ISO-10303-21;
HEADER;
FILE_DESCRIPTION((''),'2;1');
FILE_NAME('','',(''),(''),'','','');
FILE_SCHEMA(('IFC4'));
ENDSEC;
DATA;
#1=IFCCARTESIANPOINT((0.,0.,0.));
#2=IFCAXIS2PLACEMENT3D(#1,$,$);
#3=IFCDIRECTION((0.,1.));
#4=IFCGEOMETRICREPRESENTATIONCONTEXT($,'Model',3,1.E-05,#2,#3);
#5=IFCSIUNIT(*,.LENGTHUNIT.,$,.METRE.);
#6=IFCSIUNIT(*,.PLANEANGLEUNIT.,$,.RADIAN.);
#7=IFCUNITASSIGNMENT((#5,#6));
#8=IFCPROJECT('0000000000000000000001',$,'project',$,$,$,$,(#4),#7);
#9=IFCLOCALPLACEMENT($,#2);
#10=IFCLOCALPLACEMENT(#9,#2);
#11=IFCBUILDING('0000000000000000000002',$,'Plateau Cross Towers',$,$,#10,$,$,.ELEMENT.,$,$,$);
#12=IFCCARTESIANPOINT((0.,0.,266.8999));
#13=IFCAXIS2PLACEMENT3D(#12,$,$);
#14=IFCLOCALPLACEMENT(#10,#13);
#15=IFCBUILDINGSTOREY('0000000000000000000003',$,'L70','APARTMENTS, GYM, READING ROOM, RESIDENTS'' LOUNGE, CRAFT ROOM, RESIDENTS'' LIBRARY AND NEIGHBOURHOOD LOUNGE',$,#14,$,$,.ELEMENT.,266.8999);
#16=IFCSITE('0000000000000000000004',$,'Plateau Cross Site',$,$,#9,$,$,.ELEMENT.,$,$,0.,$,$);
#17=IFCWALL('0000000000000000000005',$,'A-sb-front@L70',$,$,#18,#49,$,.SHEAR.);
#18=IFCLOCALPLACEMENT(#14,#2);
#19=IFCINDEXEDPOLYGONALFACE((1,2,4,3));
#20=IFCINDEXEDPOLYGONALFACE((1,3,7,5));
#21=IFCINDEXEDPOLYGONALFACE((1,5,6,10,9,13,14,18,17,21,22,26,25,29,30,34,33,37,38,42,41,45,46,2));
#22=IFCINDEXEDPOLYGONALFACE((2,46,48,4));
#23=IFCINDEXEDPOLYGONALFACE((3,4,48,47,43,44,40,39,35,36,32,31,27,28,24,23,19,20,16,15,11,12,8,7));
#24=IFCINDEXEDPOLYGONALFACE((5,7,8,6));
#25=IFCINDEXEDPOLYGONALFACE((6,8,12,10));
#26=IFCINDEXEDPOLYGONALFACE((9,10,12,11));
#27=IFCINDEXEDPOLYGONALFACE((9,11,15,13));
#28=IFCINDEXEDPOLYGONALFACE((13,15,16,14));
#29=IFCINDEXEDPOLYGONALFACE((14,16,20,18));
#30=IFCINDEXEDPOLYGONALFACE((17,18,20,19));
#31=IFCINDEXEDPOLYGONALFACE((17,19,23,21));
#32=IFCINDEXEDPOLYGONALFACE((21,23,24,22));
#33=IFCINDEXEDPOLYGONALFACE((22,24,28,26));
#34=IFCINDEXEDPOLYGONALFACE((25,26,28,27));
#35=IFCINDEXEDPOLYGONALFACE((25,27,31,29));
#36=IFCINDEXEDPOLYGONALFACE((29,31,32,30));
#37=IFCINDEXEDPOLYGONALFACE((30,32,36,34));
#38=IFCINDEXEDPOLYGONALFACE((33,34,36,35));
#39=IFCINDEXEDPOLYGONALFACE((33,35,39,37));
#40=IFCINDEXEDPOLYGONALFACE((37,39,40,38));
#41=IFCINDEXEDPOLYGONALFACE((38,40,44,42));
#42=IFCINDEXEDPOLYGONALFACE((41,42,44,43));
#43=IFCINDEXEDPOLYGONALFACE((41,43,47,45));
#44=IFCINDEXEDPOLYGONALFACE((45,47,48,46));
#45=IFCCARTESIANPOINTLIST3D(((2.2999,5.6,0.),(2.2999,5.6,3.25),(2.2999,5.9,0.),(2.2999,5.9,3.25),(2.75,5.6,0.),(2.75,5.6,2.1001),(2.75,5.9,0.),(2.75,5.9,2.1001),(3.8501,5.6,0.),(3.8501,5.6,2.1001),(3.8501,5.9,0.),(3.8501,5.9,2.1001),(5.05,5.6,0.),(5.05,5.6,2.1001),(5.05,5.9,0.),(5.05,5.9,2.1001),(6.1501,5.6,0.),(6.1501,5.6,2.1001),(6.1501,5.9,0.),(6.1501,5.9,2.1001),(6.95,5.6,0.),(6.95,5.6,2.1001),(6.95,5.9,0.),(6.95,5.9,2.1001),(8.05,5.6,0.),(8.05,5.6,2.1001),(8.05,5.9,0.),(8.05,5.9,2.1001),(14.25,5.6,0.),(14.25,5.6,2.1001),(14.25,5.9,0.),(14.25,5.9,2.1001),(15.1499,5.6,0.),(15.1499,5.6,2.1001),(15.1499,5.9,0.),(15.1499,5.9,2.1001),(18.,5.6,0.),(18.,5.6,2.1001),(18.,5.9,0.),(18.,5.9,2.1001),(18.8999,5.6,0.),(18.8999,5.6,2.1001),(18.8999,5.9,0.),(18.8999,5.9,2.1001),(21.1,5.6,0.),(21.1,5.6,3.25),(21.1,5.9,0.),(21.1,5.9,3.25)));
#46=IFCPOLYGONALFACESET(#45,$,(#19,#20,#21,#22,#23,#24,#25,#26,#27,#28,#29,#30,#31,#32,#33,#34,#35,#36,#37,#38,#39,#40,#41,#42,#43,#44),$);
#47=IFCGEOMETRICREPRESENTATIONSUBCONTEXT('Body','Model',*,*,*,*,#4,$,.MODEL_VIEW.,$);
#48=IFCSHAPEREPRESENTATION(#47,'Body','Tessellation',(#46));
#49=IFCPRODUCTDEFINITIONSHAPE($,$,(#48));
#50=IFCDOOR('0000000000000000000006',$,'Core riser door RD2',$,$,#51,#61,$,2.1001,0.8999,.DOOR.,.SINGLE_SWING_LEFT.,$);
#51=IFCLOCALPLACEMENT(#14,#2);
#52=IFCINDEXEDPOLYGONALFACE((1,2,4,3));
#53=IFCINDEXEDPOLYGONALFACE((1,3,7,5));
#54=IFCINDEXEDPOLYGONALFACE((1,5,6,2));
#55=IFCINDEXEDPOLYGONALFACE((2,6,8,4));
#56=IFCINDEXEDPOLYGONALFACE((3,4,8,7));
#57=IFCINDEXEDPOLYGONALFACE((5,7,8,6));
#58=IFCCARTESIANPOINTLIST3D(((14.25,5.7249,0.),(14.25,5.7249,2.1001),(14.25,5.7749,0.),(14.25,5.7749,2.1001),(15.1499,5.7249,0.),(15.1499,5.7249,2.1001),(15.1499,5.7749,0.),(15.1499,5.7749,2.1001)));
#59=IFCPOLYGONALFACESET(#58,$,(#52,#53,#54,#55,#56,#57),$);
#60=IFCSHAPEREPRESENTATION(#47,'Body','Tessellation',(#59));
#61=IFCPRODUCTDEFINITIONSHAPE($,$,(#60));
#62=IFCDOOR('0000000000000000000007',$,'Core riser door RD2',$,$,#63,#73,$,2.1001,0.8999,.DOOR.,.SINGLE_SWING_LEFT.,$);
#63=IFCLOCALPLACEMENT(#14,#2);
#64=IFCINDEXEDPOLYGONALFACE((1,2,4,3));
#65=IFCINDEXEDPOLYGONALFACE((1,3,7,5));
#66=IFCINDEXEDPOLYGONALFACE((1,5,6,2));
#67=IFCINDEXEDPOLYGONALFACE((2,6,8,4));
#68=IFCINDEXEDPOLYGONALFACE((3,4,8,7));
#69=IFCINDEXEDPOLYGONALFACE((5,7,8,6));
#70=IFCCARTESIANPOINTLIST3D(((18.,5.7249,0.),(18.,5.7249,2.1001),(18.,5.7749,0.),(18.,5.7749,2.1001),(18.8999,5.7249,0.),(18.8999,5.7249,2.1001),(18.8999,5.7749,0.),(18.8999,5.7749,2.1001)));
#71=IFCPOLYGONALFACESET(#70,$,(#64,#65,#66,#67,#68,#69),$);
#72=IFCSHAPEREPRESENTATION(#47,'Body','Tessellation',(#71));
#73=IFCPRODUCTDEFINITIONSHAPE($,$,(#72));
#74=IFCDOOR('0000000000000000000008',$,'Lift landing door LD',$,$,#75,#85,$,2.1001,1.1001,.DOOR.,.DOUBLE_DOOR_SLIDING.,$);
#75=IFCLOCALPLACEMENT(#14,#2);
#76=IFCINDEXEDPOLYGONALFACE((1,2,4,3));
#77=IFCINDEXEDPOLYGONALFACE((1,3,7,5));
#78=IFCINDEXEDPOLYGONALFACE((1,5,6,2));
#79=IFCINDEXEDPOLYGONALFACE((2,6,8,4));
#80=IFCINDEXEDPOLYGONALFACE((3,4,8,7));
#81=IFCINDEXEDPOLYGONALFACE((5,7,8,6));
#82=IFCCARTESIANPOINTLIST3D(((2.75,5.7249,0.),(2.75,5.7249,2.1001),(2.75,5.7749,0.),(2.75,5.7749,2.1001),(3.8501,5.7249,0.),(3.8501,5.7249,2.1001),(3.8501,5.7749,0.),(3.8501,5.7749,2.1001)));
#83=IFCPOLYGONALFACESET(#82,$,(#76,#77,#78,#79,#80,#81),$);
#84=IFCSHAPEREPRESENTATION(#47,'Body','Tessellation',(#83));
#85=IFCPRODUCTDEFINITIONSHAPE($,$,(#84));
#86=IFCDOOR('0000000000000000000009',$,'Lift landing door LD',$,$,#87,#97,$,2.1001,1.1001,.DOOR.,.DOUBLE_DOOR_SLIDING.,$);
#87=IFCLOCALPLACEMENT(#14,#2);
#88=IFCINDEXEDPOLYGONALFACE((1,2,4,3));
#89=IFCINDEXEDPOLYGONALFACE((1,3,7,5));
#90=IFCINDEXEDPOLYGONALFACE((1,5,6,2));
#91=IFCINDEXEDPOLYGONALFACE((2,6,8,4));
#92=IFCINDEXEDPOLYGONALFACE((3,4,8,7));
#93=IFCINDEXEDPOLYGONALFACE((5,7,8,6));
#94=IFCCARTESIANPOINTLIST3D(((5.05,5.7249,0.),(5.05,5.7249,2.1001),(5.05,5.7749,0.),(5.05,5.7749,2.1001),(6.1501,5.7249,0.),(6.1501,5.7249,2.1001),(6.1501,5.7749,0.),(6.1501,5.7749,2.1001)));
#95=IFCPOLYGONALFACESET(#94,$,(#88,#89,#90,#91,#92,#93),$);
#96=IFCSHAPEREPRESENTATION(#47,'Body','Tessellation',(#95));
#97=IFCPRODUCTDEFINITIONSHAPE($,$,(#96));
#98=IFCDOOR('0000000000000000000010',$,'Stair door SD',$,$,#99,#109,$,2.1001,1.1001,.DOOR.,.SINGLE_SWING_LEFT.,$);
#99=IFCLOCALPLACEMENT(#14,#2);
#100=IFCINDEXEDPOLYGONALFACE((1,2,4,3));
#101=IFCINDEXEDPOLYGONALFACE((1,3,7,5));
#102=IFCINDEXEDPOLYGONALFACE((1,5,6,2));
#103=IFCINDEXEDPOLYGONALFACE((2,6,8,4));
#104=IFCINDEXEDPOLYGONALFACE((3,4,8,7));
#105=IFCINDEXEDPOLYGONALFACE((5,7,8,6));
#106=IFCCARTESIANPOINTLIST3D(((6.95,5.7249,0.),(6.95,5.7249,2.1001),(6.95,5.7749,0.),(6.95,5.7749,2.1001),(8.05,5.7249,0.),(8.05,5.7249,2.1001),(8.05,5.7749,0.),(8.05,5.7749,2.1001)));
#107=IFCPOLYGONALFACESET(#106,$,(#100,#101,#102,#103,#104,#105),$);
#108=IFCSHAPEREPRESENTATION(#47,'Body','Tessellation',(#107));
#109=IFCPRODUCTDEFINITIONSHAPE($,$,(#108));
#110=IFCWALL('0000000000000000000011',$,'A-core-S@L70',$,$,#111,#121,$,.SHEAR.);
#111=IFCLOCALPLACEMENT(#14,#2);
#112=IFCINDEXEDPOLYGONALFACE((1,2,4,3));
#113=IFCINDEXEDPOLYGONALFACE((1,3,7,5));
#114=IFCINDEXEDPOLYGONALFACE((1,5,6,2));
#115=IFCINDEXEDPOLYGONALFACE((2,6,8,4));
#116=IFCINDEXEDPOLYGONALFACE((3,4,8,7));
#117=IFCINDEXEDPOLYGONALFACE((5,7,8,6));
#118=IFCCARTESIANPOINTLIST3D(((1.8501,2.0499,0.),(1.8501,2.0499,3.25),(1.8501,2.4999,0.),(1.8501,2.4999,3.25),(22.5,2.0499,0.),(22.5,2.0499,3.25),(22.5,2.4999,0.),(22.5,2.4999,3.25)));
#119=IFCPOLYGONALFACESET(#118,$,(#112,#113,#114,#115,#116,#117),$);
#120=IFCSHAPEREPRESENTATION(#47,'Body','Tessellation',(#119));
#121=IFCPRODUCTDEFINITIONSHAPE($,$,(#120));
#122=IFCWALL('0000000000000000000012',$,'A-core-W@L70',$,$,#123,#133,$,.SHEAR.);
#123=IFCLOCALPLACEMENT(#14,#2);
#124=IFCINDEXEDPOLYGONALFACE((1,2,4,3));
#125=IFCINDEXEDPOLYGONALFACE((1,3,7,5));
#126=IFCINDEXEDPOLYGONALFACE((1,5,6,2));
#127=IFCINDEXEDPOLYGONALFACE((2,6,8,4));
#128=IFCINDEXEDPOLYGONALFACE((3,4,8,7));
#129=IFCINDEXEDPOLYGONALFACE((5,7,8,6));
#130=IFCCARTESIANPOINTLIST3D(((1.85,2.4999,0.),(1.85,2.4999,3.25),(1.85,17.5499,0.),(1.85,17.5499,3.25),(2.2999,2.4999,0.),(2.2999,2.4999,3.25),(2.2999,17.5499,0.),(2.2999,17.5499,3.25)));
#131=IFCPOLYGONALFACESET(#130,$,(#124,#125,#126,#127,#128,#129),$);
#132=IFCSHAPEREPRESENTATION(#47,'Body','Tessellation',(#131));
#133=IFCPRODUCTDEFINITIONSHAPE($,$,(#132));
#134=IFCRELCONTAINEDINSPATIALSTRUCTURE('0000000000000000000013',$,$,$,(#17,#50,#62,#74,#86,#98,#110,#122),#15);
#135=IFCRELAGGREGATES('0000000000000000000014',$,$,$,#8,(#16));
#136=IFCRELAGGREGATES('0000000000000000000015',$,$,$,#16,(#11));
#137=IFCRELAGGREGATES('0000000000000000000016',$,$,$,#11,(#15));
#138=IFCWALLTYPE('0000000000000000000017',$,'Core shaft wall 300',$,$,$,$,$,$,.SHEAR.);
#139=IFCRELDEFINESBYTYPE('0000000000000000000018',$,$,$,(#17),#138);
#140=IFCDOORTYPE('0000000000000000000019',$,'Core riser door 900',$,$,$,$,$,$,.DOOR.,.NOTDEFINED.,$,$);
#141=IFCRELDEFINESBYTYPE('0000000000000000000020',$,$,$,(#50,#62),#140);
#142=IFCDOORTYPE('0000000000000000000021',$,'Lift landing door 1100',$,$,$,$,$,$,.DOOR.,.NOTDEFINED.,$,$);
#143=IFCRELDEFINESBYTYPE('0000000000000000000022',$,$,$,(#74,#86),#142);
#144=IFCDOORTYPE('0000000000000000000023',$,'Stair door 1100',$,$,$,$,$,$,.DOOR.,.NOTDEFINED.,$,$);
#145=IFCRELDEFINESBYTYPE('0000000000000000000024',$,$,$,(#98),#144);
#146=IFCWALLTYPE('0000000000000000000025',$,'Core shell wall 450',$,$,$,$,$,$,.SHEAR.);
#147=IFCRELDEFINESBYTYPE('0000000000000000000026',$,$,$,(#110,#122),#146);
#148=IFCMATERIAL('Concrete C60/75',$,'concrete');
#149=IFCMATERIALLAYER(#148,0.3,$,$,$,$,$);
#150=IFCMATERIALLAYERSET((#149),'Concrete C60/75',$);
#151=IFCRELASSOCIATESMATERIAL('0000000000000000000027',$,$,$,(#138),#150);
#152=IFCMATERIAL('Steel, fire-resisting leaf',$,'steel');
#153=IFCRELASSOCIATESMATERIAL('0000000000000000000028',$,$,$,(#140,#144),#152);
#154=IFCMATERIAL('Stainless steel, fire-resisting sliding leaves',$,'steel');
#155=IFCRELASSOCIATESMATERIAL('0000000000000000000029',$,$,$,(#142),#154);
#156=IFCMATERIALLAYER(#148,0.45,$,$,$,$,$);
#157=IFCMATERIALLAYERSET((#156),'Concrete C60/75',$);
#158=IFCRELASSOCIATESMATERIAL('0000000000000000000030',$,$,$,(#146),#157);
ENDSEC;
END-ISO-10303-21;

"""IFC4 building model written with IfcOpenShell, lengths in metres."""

from ifc_helpers import new_model, si_unit, direction, frame, frame_2d, origin, place, context, subcontext, project, spatial, rectangle, extrude, material, layer, layer_set, type_object, element, fill, save


model = new_model("IFC4")

# Units and contexts
model_context = context("Model", 3, precision=1e-05, world=origin(), true_north=direction((0.0, 1.0)))
body_context = subcontext(model_context, "Body", "Model", "MODEL_VIEW")
ifc_project = project(units=[si_unit("LENGTHUNIT", "METRE"), si_unit("PLANEANGLEUNIT", "RADIAN")], contexts=[model_context])

# Site, building, storey
site_placement = place(None, origin())
site = spatial("IfcSite", under=ifc_project, at=site_placement, Name="Plateau Cross Site", CompositionType="ELEMENT", RefElevation=0.0)
building_placement = place(site_placement, origin())
building = spatial("IfcBuilding", under=site, at=building_placement, Name="Plateau Cross Towers", CompositionType="ELEMENT")
storey_placement = place(building_placement, frame((0.0, 0.0, 266.8999)))
storey = spatial("IfcBuildingStorey", under=building, at=storey_placement, Name="L70", Description="APARTMENTS, GYM, READING ROOM, RESIDENTS' LOUNGE, CRAFT ROOM, RESIDENTS' LIBRARY AND NEIGHBOURHOOD LOUNGE", CompositionType="ELEMENT", Elevation=266.8999)

# Shared definitions
ifc_material_1 = material(Name="Concrete C60/75", Category="concrete")

# Shared definitions
ifc_layer_1 = layer(ifc_material_1, 0.3)
ifc_layer_set_1 = layer_set([ifc_layer_1], Name="Concrete C60/75")
wall_type_1 = type_object("IfcWallType", Name="Core shaft wall 300", PredefinedType="SHEAR", material=ifc_layer_set_1)

# Wall, openings, doors
wall_1_placement = place(storey_placement, frame((2.3, 5.75, 0.0), z_axis=(0.0, 0.0, 1.0), x_axis=(1.0, 0.0, 0.0)))
wall_1 = element("IfcWall", 1, at=wall_1_placement, inside=storey, type_object=wall_type_1, Name="A-sb-front@L70", PredefinedType="SHEAR", context=body_context, shape_type="SweptSolid", body=[
    extrude(rectangle(XDim=18.8, YDim=0.3, at=frame_2d((9.3999, 0.0))), origin(), (0.0, 0.0, 1.0), 3.25),
])
opening_1_placement = place(wall_1_placement, frame((4.6499, 0.0, 0.0)))
opening_1 = element("IfcOpeningElement", 2, at=opening_1_placement, cuts=wall_1, PredefinedType="OPENING", context=body_context, shape_type="SweptSolid", body=[
    extrude(rectangle(XDim=1.1001, YDim=2.1001, at=frame_2d((0.55, 1.05))), frame((0.0, 0.1599, 0.0), z_axis=(0.0, -1.0, 0.0), x_axis=(1.0, 0.0, 0.0)), (0.0, 0.0, 1.0), 0.3201),
])
opening_2_placement = place(wall_1_placement, frame((0.45, 0.0, 0.0)))
opening_2 = element("IfcOpeningElement", 3, at=opening_2_placement, cuts=wall_1, PredefinedType="OPENING", context=body_context, shape_type="SweptSolid", body=[
    extrude(rectangle(XDim=1.1001, YDim=2.1001, at=frame_2d((0.55, 1.05))), frame((0.0, 0.1599, 0.0), z_axis=(0.0, -1.0, 0.0), x_axis=(1.0, 0.0, 0.0)), (0.0, 0.0, 1.0), 0.3201),
])
opening_3_placement = place(wall_1_placement, frame((2.75, 0.0, 0.0)))
opening_3 = element("IfcOpeningElement", 4, at=opening_3_placement, cuts=wall_1, PredefinedType="OPENING", context=body_context, shape_type="SweptSolid", body=[
    extrude(rectangle(XDim=1.1001, YDim=2.1001, at=frame_2d((0.55, 1.05))), frame((0.0, 0.1599, 0.0), z_axis=(0.0, -1.0, 0.0), x_axis=(1.0, 0.0, 0.0)), (0.0, 0.0, 1.0), 0.3201),
])
opening_4_placement = place(wall_1_placement, frame((11.95, 0.0, 0.0)))
opening_4 = element("IfcOpeningElement", 5, at=opening_4_placement, cuts=wall_1, PredefinedType="OPENING", context=body_context, shape_type="SweptSolid", body=[
    extrude(rectangle(XDim=0.8999, YDim=2.1001, at=frame_2d((0.45, 1.05))), frame((0.0, 0.1599, 0.0), z_axis=(0.0, -1.0, 0.0), x_axis=(1.0, 0.0, 0.0)), (0.0, 0.0, 1.0), 0.3201),
])
opening_5_placement = place(wall_1_placement, frame((15.7, 0.0, 0.0)))
opening_5 = element("IfcOpeningElement", 6, at=opening_5_placement, cuts=wall_1, PredefinedType="OPENING", context=body_context, shape_type="SweptSolid", body=[
    extrude(rectangle(XDim=0.8999, YDim=2.1001, at=frame_2d((0.45, 1.05))), frame((0.0, 0.1599, 0.0), z_axis=(0.0, -1.0, 0.0), x_axis=(1.0, 0.0, 0.0)), (0.0, 0.0, 1.0), 0.3201),
])
ifc_material_2 = material(Name="Steel, fire-resisting leaf", Category="steel")
door_type_1 = type_object("IfcDoorType", Name="Core riser door 900", OperationType="NOTDEFINED", PredefinedType="DOOR", material=ifc_material_2)
door_1_placement = place(opening_4_placement, origin())
door_1 = element("IfcDoor", 7, at=door_1_placement, inside=storey, type_object=door_type_1, Name="Core riser door RD2", OperationType="SINGLE_SWING_LEFT", OverallHeight=2.1001, OverallWidth=0.8999, PredefinedType="DOOR", context=body_context, shape_type="SweptSolid", body=[
    extrude(rectangle(XDim=0.8999, YDim=2.1001, at=frame_2d((0.45, 1.05))), frame((0.0, 0.0249, 0.0), z_axis=(0.0, -1.0, 0.0), x_axis=(1.0, 0.0, 0.0)), (0.0, 0.0, 1.0), 0.05),
])
fill(opening_4, door_1)
door_2_placement = place(opening_5_placement, origin())
door_2 = element("IfcDoor", 8, at=door_2_placement, inside=storey, type_object=door_type_1, Name="Core riser door RD2", OperationType="SINGLE_SWING_LEFT", OverallHeight=2.1001, OverallWidth=0.8999, PredefinedType="DOOR", context=body_context, shape_type="SweptSolid", body=[
    extrude(rectangle(XDim=0.8999, YDim=2.1001, at=frame_2d((0.45, 1.05))), frame((0.0, 0.0249, 0.0), z_axis=(0.0, -1.0, 0.0), x_axis=(1.0, 0.0, 0.0)), (0.0, 0.0, 1.0), 0.05),
])
fill(opening_5, door_2)
ifc_material_3 = material(Name="Stainless steel, fire-resisting sliding leaves", Category="steel")
door_type_2 = type_object("IfcDoorType", Name="Lift landing door 1100", OperationType="NOTDEFINED", PredefinedType="DOOR", material=ifc_material_3)
door_3_placement = place(opening_2_placement, origin())
door_3 = element("IfcDoor", 9, at=door_3_placement, inside=storey, type_object=door_type_2, Name="Lift landing door LD", OperationType="DOUBLE_DOOR_SLIDING", OverallHeight=2.1001, OverallWidth=1.1001, PredefinedType="DOOR", context=body_context, shape_type="SweptSolid", body=[
    extrude(rectangle(XDim=1.1001, YDim=2.1001, at=frame_2d((0.55, 1.05))), frame((0.0, 0.0249, 0.0), z_axis=(0.0, -1.0, 0.0), x_axis=(1.0, 0.0, 0.0)), (0.0, 0.0, 1.0), 0.05),
])
fill(opening_2, door_3)
door_4_placement = place(opening_3_placement, origin())
door_4 = element("IfcDoor", 10, at=door_4_placement, inside=storey, type_object=door_type_2, Name="Lift landing door LD", OperationType="DOUBLE_DOOR_SLIDING", OverallHeight=2.1001, OverallWidth=1.1001, PredefinedType="DOOR", context=body_context, shape_type="SweptSolid", body=[
    extrude(rectangle(XDim=1.1001, YDim=2.1001, at=frame_2d((0.55, 1.05))), frame((0.0, 0.0249, 0.0), z_axis=(0.0, -1.0, 0.0), x_axis=(1.0, 0.0, 0.0)), (0.0, 0.0, 1.0), 0.05),
])
fill(opening_3, door_4)
door_type_3 = type_object("IfcDoorType", Name="Stair door 1100", OperationType="NOTDEFINED", PredefinedType="DOOR", material=ifc_material_2)
door_5_placement = place(opening_1_placement, origin())
door_5 = element("IfcDoor", 11, at=door_5_placement, inside=storey, type_object=door_type_3, Name="Stair door SD", OperationType="SINGLE_SWING_LEFT", OverallHeight=2.1001, OverallWidth=1.1001, PredefinedType="DOOR", context=body_context, shape_type="SweptSolid", body=[
    extrude(rectangle(XDim=1.1001, YDim=2.1001, at=frame_2d((0.55, 1.05))), frame((0.0, 0.0249, 0.0), z_axis=(0.0, -1.0, 0.0), x_axis=(1.0, 0.0, 0.0)), (0.0, 0.0, 1.0), 0.05),
])
fill(opening_1, door_5)

# Walls
ifc_layer_2 = layer(ifc_material_1, 0.45)
ifc_layer_set_2 = layer_set([ifc_layer_2], Name="Concrete C60/75")
wall_type_2 = type_object("IfcWallType", Name="Core shell wall 450", PredefinedType="SHEAR", material=ifc_layer_set_2)
wall_2_placement = place(storey_placement, frame((1.8501, 2.2749, 0.0), z_axis=(0.0, 0.0, 1.0), x_axis=(1.0, 0.0, 0.0)))
element("IfcWall", 12, at=wall_2_placement, inside=storey, type_object=wall_type_2, Name="A-core-S@L70", PredefinedType="SHEAR", context=body_context, shape_type="SweptSolid", body=[
    extrude(rectangle(XDim=20.6499, YDim=0.45, at=frame_2d((10.325, 0.0))), origin(), (0.0, 0.0, 1.0), 3.25),
])
wall_3_placement = place(storey_placement, frame((2.075, 2.5, 0.0), z_axis=(0.0, 0.0, 1.0), x_axis=(0.0, 1.0, 0.0)))
element("IfcWall", 13, at=wall_3_placement, inside=storey, type_object=wall_type_2, Name="A-core-W@L70", PredefinedType="SHEAR", context=body_context, shape_type="SweptSolid", body=[
    extrude(rectangle(XDim=15.05, YDim=0.45, at=frame_2d((7.5249, 0.0))), origin(), (0.0, 0.0, 1.0), 3.25),
])

save(model, "model.ifc")
